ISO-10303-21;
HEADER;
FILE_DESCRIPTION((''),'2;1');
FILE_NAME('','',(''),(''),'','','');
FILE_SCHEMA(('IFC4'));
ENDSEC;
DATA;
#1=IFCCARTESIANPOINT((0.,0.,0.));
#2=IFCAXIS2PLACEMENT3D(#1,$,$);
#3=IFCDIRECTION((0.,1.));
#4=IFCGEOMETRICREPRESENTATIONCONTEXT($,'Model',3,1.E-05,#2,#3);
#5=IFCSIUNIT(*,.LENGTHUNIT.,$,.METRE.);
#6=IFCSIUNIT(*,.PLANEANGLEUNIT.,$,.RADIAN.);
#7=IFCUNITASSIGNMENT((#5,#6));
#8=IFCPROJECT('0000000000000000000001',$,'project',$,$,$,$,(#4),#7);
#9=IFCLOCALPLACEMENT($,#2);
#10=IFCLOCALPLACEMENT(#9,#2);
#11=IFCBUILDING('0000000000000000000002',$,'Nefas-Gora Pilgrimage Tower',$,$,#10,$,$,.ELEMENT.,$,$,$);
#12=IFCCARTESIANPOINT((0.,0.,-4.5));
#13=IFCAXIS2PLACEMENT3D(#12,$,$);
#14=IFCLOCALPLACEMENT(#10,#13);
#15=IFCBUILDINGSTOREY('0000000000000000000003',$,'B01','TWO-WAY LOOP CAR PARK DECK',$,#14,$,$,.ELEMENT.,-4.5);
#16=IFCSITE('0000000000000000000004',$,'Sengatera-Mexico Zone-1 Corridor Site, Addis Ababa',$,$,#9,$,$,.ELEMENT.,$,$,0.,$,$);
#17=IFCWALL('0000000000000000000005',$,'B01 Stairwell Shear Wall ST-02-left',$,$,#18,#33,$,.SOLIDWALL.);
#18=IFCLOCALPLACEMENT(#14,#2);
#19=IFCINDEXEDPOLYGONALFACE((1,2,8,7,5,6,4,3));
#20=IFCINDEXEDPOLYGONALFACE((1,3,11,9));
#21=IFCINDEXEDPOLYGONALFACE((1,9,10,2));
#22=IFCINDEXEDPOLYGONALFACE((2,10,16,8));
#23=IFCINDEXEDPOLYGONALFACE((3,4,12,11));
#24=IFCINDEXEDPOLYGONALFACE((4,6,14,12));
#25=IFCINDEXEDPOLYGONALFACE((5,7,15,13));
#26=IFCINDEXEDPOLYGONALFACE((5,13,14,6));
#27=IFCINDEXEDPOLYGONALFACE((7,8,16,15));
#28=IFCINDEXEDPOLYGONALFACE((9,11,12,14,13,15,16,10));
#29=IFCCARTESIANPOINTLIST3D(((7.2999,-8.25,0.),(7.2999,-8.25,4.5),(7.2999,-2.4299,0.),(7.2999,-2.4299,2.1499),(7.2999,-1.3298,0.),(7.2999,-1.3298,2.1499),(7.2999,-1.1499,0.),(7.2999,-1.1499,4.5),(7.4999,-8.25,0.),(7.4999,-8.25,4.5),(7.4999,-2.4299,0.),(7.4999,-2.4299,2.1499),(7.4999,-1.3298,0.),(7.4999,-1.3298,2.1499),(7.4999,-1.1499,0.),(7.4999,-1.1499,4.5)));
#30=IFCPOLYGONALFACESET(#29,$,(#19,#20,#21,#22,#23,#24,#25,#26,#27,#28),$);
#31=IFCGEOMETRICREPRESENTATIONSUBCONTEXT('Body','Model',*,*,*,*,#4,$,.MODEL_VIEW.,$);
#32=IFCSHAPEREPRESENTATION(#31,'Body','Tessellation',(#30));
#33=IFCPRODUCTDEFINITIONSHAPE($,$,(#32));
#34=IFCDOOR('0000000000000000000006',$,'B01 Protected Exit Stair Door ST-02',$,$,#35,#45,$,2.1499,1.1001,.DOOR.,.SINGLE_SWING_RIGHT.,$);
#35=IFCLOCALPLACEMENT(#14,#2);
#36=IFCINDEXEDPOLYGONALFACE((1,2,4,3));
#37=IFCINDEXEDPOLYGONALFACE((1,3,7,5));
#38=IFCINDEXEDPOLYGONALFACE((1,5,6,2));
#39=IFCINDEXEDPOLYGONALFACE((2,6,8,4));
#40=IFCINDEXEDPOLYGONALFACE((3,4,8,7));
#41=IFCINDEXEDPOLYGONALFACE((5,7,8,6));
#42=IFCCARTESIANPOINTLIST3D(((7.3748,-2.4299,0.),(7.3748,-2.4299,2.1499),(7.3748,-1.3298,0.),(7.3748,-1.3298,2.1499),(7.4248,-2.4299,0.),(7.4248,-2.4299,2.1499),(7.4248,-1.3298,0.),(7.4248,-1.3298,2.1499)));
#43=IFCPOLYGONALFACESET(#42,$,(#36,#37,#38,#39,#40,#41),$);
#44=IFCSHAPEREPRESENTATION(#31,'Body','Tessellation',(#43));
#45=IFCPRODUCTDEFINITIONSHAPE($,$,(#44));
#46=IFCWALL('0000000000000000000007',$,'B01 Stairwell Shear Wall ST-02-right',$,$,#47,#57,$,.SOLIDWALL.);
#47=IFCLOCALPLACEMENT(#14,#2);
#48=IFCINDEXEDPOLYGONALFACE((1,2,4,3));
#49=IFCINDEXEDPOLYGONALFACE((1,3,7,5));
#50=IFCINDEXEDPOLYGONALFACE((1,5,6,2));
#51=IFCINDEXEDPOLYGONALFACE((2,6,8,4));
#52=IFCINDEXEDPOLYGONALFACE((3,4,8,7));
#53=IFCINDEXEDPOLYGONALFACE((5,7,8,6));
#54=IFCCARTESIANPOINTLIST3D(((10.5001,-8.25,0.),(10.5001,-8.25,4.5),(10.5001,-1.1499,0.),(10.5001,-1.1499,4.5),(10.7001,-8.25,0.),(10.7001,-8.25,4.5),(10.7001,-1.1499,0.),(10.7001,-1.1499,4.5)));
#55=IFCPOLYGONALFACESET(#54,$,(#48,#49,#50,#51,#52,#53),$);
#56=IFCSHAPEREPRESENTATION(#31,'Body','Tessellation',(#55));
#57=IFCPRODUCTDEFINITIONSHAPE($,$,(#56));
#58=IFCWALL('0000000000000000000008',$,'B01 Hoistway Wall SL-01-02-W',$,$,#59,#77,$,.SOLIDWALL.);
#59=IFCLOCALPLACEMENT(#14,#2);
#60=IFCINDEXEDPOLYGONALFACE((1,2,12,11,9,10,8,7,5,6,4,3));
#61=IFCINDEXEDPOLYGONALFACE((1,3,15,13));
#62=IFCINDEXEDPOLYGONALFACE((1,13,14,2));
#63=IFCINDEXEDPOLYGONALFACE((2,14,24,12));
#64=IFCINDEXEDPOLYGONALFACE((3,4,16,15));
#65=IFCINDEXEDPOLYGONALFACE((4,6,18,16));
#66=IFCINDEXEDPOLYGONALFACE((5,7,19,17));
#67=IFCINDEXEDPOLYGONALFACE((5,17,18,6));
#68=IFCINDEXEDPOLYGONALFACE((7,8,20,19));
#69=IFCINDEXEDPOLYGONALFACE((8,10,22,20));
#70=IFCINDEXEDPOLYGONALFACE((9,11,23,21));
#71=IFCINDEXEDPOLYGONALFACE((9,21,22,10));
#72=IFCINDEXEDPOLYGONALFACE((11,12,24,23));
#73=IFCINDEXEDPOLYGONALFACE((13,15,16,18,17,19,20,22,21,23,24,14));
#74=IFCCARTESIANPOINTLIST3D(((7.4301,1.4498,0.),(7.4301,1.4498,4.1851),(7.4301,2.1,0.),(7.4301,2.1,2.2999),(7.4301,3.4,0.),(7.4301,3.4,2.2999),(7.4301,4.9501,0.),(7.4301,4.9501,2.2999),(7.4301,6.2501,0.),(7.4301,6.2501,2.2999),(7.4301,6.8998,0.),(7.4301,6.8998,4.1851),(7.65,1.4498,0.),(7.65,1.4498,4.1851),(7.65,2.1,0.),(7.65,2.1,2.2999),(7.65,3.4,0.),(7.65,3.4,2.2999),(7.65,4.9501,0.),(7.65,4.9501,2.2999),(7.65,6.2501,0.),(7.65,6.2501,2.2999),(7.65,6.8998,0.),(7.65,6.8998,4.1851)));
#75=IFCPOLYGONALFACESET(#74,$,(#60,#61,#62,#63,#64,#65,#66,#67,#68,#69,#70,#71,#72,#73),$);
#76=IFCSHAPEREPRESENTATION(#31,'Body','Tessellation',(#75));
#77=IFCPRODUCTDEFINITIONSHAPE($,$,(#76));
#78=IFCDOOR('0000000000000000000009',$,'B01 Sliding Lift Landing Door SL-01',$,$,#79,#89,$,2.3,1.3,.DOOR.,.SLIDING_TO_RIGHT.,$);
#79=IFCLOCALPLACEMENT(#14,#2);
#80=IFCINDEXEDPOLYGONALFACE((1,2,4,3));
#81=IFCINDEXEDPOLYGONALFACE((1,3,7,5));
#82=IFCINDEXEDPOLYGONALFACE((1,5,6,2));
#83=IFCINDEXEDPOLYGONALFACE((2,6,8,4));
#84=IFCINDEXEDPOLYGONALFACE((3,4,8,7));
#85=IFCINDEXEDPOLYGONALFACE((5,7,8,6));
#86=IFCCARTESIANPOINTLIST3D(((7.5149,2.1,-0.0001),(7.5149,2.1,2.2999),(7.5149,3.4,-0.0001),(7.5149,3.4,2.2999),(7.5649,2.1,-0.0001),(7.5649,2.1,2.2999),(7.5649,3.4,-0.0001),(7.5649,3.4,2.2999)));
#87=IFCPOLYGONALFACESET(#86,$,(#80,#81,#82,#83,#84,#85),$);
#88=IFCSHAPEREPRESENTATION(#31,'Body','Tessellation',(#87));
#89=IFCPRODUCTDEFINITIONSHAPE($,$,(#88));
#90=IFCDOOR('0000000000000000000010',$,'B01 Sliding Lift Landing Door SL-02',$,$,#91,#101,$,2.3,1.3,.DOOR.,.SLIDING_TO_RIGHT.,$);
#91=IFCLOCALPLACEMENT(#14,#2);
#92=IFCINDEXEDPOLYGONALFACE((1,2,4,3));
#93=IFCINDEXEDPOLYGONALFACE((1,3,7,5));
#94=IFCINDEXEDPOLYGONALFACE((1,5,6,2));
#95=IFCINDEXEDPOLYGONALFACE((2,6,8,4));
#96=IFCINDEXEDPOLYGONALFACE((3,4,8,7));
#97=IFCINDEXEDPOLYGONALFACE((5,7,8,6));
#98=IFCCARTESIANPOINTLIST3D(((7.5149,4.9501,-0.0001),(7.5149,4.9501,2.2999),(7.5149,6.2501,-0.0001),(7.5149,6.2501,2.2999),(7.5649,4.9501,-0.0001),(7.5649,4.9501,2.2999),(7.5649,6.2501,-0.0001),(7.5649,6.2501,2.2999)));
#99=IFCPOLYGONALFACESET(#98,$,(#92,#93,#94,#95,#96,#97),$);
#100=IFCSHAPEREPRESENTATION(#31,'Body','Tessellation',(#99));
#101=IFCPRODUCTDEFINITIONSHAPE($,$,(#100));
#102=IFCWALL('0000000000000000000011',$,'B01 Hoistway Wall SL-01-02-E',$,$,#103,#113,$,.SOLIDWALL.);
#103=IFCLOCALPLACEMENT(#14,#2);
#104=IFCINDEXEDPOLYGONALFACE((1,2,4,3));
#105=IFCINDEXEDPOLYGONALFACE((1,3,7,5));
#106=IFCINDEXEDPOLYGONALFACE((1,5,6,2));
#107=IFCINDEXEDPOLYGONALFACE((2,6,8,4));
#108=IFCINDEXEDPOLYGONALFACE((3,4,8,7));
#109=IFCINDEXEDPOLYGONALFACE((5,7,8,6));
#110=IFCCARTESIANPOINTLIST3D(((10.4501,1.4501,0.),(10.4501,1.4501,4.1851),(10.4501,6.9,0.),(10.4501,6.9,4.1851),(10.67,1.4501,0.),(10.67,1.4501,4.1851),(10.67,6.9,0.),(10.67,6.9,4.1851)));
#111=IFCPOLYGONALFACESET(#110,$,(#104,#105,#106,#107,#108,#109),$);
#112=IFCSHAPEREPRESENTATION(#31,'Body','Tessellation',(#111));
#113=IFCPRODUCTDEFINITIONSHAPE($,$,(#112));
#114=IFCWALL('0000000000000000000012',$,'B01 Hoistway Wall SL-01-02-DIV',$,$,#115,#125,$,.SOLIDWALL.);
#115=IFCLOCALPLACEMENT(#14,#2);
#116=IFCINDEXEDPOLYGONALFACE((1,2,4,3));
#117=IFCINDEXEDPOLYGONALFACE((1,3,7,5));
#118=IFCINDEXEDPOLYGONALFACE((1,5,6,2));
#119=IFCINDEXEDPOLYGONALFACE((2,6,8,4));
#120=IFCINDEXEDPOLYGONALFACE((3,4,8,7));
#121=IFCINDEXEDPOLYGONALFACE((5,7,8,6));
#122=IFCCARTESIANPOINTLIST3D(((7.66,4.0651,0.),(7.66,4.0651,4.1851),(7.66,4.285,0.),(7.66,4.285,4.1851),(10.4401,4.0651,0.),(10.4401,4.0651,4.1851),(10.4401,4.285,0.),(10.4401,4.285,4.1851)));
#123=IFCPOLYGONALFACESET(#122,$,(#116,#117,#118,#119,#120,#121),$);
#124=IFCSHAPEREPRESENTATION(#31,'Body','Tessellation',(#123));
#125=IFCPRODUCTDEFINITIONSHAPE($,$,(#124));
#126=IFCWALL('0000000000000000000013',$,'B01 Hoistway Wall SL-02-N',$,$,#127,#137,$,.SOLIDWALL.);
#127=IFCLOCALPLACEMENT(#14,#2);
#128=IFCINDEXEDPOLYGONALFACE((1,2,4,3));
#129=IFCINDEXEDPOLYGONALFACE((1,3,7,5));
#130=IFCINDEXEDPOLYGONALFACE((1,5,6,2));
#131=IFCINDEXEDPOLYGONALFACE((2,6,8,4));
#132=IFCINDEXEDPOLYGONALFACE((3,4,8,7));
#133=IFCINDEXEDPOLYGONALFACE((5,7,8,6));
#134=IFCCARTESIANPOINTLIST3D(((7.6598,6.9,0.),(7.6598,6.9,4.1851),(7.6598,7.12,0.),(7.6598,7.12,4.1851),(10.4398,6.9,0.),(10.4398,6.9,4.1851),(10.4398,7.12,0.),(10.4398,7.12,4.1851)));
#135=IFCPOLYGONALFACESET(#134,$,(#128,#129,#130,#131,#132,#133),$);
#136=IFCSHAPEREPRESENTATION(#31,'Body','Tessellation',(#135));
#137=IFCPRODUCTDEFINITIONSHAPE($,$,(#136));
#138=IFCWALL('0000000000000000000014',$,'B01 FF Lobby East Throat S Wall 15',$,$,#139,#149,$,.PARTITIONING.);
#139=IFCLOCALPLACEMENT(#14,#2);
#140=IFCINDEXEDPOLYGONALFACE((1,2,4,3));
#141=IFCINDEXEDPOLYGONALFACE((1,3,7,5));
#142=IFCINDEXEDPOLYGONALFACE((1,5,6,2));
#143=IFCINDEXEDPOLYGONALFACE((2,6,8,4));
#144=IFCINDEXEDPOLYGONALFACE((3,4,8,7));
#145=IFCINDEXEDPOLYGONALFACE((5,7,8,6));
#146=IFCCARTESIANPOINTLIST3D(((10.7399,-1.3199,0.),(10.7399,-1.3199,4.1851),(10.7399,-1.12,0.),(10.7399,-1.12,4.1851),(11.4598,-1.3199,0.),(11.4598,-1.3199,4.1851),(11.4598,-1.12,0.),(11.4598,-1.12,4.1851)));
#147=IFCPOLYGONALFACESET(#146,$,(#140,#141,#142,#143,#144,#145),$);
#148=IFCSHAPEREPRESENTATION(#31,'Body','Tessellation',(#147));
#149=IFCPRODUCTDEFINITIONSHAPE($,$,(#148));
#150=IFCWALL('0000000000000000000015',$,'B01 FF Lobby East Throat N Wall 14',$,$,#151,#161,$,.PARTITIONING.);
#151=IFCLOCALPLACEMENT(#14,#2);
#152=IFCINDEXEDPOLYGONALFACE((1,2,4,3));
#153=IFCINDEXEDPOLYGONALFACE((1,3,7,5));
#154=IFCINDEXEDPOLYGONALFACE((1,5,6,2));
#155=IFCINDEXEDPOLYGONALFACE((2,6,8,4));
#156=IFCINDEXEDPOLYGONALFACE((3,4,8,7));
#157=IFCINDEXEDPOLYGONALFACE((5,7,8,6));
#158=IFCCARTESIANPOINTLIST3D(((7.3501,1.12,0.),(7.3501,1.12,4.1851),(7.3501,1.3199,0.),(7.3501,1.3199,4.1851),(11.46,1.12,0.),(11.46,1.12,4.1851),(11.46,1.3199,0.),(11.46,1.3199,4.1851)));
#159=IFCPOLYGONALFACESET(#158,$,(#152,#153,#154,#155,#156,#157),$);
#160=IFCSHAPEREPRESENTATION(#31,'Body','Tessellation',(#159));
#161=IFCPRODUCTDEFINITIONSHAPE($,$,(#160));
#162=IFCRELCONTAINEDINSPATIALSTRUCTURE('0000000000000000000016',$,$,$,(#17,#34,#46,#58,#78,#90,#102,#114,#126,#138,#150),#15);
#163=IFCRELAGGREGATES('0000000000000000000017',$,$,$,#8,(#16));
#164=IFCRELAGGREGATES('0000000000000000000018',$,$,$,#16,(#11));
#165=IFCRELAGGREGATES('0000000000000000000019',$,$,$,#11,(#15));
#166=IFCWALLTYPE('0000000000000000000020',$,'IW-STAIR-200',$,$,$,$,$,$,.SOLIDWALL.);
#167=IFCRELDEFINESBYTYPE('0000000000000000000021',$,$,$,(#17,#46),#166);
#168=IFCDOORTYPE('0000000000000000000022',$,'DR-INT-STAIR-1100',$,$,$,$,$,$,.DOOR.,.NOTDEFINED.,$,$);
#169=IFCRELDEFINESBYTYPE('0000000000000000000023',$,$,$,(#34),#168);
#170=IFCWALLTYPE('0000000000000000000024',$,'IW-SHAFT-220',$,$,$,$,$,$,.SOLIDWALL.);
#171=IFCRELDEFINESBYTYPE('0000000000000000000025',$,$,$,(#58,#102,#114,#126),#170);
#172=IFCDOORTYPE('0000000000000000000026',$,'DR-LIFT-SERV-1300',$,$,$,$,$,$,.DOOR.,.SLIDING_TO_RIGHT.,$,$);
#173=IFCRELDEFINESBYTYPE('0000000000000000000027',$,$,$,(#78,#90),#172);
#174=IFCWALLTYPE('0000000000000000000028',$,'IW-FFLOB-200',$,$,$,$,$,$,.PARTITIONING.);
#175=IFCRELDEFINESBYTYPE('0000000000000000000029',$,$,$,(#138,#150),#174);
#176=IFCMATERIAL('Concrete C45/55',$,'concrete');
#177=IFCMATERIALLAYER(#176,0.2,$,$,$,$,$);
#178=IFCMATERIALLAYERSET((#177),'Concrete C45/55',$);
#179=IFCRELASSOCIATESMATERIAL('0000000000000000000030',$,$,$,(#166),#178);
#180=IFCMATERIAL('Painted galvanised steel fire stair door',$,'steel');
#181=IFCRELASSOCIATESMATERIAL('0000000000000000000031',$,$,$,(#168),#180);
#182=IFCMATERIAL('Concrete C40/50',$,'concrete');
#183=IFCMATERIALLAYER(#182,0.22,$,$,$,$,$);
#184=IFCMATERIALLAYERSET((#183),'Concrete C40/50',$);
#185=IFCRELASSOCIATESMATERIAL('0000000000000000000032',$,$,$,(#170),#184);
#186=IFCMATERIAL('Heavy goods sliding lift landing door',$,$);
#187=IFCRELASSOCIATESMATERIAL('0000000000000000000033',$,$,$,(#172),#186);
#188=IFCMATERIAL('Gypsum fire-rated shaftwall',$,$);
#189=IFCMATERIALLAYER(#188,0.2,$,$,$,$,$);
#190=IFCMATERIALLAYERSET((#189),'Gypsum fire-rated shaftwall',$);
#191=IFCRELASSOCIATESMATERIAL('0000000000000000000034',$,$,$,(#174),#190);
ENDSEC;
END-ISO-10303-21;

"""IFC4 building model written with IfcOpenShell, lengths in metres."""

from ifc_helpers import new_model, si_unit, direction, frame, frame_2d, origin, place, context, subcontext, project, spatial, rectangle, extrude, source, transform, mapped, material, layer, layer_set, type_object, element, fill, save


model = new_model("IFC4")

# Units and contexts
model_context = context("Model", 3, precision=1e-05, world=origin(), true_north=direction((0.0, 1.0)))
body_context = subcontext(model_context, "Body", "Model", "MODEL_VIEW")
ifc_project = project(units=[si_unit("LENGTHUNIT", "METRE"), si_unit("PLANEANGLEUNIT", "RADIAN")], contexts=[model_context])

# Site, building, storey
site_placement = place(None, origin())
site = spatial("IfcSite", under=ifc_project, at=site_placement, Name="Sengatera-Mexico Zone-1 Corridor Site, Addis Ababa", CompositionType="ELEMENT", RefElevation=0.0)
building_placement = place(site_placement, origin())
building = spatial("IfcBuilding", under=site, at=building_placement, Name="Nefas-Gora Pilgrimage Tower", CompositionType="ELEMENT")
storey_placement = place(building_placement, frame((0.0, 0.0, -4.5)))
storey = spatial("IfcBuildingStorey", under=building, at=storey_placement, Name="B01", Description="TWO-WAY LOOP CAR PARK DECK", CompositionType="ELEMENT", Elevation=-4.5)

# Shared definitions
ifc_material_1 = material(Name="Concrete C45/55", Category="concrete")
ifc_layer_1 = layer(ifc_material_1, 0.2)
ifc_layer_set_1 = layer_set([ifc_layer_1], Name="Concrete C45/55")
wall_type_1 = type_object("IfcWallType", Name="IW-STAIR-200", PredefinedType="SOLIDWALL", material=ifc_layer_set_1)

# Wall, opening, door
shared_shape_1 = source(origin(), body_context, "Body", "SweptSolid", [
    extrude(rectangle(XDim=7.1001, YDim=0.2, at=frame_2d((3.55, 0.0))), origin(), (0.0, 0.0, 1.0), 4.5),
])
wall_1_placement = place(storey_placement, frame((7.3999, -1.1499, 0.0), z_axis=(0.0, 0.0, 1.0), x_axis=(0.0, -1.0, 0.0)))
wall_1 = element("IfcWall", 1, at=wall_1_placement, inside=storey, type_object=wall_type_1, Name="B01 Stairwell Shear Wall ST-02-left", PredefinedType="SOLIDWALL", context=body_context, shape_type="MappedRepresentation", body=[
    mapped(shared_shape_1, transform((0.0, 0.0, 0.0), x_axis=(1.0, 0.0, 0.0), y_axis=(0.0, 1.0, 0.0), z_axis=(0.0, 0.0, 1.0), scale=1.0)),
])
opening_1_placement = place(wall_1_placement, frame((0.1799, 0.0, 0.0)))
opening_1 = element("IfcOpeningElement", 2, at=opening_1_placement, cuts=wall_1, PredefinedType="OPENING", context=body_context, shape_type="SweptSolid", body=[
    extrude(rectangle(XDim=1.1001, YDim=2.1499, at=frame_2d((0.55, 1.075))), frame((0.0, 0.1099, 0.0), z_axis=(0.0, -1.0, 0.0), x_axis=(1.0, 0.0, 0.0)), (0.0, 0.0, 1.0), 0.22),
])
ifc_material_2 = material(Name="Painted galvanised steel fire stair door", Category="steel")
door_type_1 = type_object("IfcDoorType", Name="DR-INT-STAIR-1100", OperationType="NOTDEFINED", PredefinedType="DOOR", material=ifc_material_2)
shared_shape_2 = source(origin(), body_context, "Body", "SweptSolid", [
    extrude(rectangle(XDim=1.1001, YDim=2.1499, at=frame_2d((0.55, 1.075))), frame((0.0, 0.0249, 0.0), z_axis=(0.0, -1.0, 0.0), x_axis=(1.0, 0.0, 0.0)), (0.0, 0.0, 1.0), 0.05),
])
door_1_placement = place(opening_1_placement, origin())
door_1 = element("IfcDoor", 3, at=door_1_placement, inside=storey, type_object=door_type_1, Name="B01 Protected Exit Stair Door ST-02", OperationType="SINGLE_SWING_RIGHT", OverallHeight=2.1499, OverallWidth=1.1001, PredefinedType="DOOR", context=body_context, shape_type="MappedRepresentation", body=[
    mapped(shared_shape_2, transform((0.0, 0.0, 0.0), x_axis=(1.0, 0.0, 0.0), y_axis=(0.0, 1.0, 0.0), z_axis=(0.0, 0.0, 1.0), scale=1.0)),
])
fill(opening_1, door_1)

# Wall
wall_2_placement = place(storey_placement, frame((10.6001, -1.1499, 0.0), z_axis=(0.0, 0.0, 1.0), x_axis=(0.0, -1.0, 0.0)))
element("IfcWall", 4, at=wall_2_placement, inside=storey, type_object=wall_type_1, Name="B01 Stairwell Shear Wall ST-02-right", PredefinedType="SOLIDWALL", context=body_context, shape_type="MappedRepresentation", body=[
    mapped(shared_shape_1, transform((0.0, 0.0, 0.0), x_axis=(1.0, 0.0, 0.0), y_axis=(0.0, 1.0, 0.0), z_axis=(0.0, 0.0, 1.0), scale=1.0)),
])

# Wall, openings, doors
ifc_material_3 = material(Name="Concrete C40/50", Category="concrete")
ifc_layer_2 = layer(ifc_material_3, 0.22)
ifc_layer_set_2 = layer_set([ifc_layer_2], Name="Concrete C40/50")
wall_type_2 = type_object("IfcWallType", Name="IW-SHAFT-220", PredefinedType="SOLIDWALL", material=ifc_layer_set_2)
shared_shape_3 = source(origin(), body_context, "Body", "SweptSolid", [
    extrude(rectangle(XDim=5.45, YDim=0.22, at=frame_2d((2.7251, 0.0))), origin(), (0.0, 0.0, 1.0), 4.1851),
])
wall_3_placement = place(storey_placement, frame((7.54, 6.8999, 0.0), z_axis=(0.0, 0.0, 1.0), x_axis=(0.0, -1.0, 0.0)))
wall_3 = element("IfcWall", 5, at=wall_3_placement, inside=storey, type_object=wall_type_2, Name="B01 Hoistway Wall SL-01-02-W", PredefinedType="SOLIDWALL", context=body_context, shape_type="MappedRepresentation", body=[
    mapped(shared_shape_3, transform((0.0, 0.0, 0.0), x_axis=(1.0, 0.0, 0.0), y_axis=(0.0, 1.0, 0.0), z_axis=(0.0, 0.0, 1.0), scale=1.0)),
])
opening_2_placement = place(wall_3_placement, frame((3.5, 0.0, 0.0)))
opening_2 = element("IfcOpeningElement", 6, at=opening_2_placement, cuts=wall_3, PredefinedType="OPENING", context=body_context, shape_type="SweptSolid", body=[
    extrude(rectangle(XDim=1.3, YDim=2.3, at=frame_2d((0.6499, 1.1499))), frame((0.0, 0.1199, 0.0), z_axis=(0.0, -1.0, 0.0), x_axis=(1.0, 0.0, 0.0)), (0.0, 0.0, 1.0), 0.24),
])
opening_3_placement = place(wall_3_placement, frame((0.6499, 0.0, 0.0)))
opening_3 = element("IfcOpeningElement", 7, at=opening_3_placement, cuts=wall_3, PredefinedType="OPENING", context=body_context, shape_type="SweptSolid", body=[
    extrude(rectangle(XDim=1.3, YDim=2.3, at=frame_2d((0.6499, 1.1499))), frame((0.0, 0.1199, 0.0), z_axis=(0.0, -1.0, 0.0), x_axis=(1.0, 0.0, 0.0)), (0.0, 0.0, 1.0), 0.24),
])
ifc_material_4 = material(Name="Heavy goods sliding lift landing door")
door_type_2 = type_object("IfcDoorType", Name="DR-LIFT-SERV-1300", OperationType="SLIDING_TO_RIGHT", PredefinedType="DOOR", material=ifc_material_4)
shared_shape_4 = source(origin(), body_context, "Body", "SweptSolid", [
    extrude(rectangle(XDim=1.3, YDim=2.3, at=frame_2d((0.6499, 1.1499))), frame((0.0, 0.0249, 0.0), z_axis=(0.0, -1.0, 0.0), x_axis=(1.0, 0.0, 0.0)), (0.0, 0.0, 1.0), 0.05),
])
door_2_placement = place(opening_2_placement, origin())
door_2 = element("IfcDoor", 8, at=door_2_placement, inside=storey, type_object=door_type_2, Name="B01 Sliding Lift Landing Door SL-01", OperationType="SLIDING_TO_RIGHT", OverallHeight=2.3, OverallWidth=1.3, PredefinedType="DOOR", context=body_context, shape_type="MappedRepresentation", body=[
    mapped(shared_shape_4, transform((0.0, 0.0, 0.0), x_axis=(1.0, 0.0, 0.0), y_axis=(0.0, 1.0, 0.0), z_axis=(0.0, 0.0, 1.0), scale=1.0)),
])
fill(opening_2, door_2)
door_3_placement = place(opening_3_placement, origin())
door_3 = element("IfcDoor", 9, at=door_3_placement, inside=storey, type_object=door_type_2, Name="B01 Sliding Lift Landing Door SL-02", OperationType="SLIDING_TO_RIGHT", OverallHeight=2.3, OverallWidth=1.3, PredefinedType="DOOR", context=body_context, shape_type="MappedRepresentation", body=[
    mapped(shared_shape_4, transform((0.0, 0.0, 0.0), x_axis=(1.0, 0.0, 0.0), y_axis=(0.0, 1.0, 0.0), z_axis=(0.0, 0.0, 1.0), scale=1.0)),
])
fill(opening_3, door_3)

# Walls
wall_4_placement = place(storey_placement, frame((10.5601, 1.45, 0.0), z_axis=(0.0, 0.0, 1.0), x_axis=(0.0, 1.0, 0.0)))
element("IfcWall", 10, at=wall_4_placement, inside=storey, type_object=wall_type_2, Name="B01 Hoistway Wall SL-01-02-E", PredefinedType="SOLIDWALL", context=body_context, shape_type="MappedRepresentation", body=[
    mapped(shared_shape_3, transform((0.0, 0.0, 0.0), x_axis=(1.0, 0.0, 0.0), y_axis=(0.0, 1.0, 0.0), z_axis=(0.0, 0.0, 1.0), scale=1.0)),
])
shared_shape_5 = source(origin(), body_context, "Body", "SweptSolid", [
    extrude(rectangle(XDim=2.78, YDim=0.22, at=frame_2d((1.3901, 0.0))), origin(), (0.0, 0.0, 1.0), 4.1851),
])
for number, where, z_axis, x_axis, name in (
    (11, (7.6599, 4.175, 0.0), (0.0, 0.0, 1.0), (1.0, 0.0, 0.0), "B01 Hoistway Wall SL-01-02-DIV"),
    (12, (10.4399, 7.01, 0.0), (0.0, 0.0, 1.0), (-1.0, 0.0, 0.0), "B01 Hoistway Wall SL-02-N"),
):
    element("IfcWall", number, at=place(storey_placement, frame(where, z_axis=z_axis, x_axis=x_axis)), inside=storey, type_object=wall_type_2, Name=name, PredefinedType="SOLIDWALL", context=body_context, shape_type="MappedRepresentation", body=[
        mapped(shared_shape_5, transform((0.0, 0.0, 0.0), x_axis=(1.0, 0.0, 0.0), y_axis=(0.0, 1.0, 0.0), z_axis=(0.0, 0.0, 1.0), scale=1.0)),
    ])

# Shared definitions
ifc_material_5 = material(Name="Gypsum fire-rated shaftwall")
ifc_layer_3 = layer(ifc_material_5, 0.2)
ifc_layer_set_3 = layer_set([ifc_layer_3], Name="Gypsum fire-rated shaftwall")
wall_type_3 = type_object("IfcWallType", Name="IW-FFLOB-200", PredefinedType="PARTITIONING", material=ifc_layer_set_3)

# Walls
shared_shape_6 = source(origin(), body_context, "Body", "SweptSolid", [
    extrude(rectangle(XDim=0.72, YDim=0.2, at=frame_2d((0.3599, 0.0))), origin(), (0.0, 0.0, 1.0), 4.1851),
])
wall_5_placement = place(storey_placement, frame((10.74, -1.22, 0.0), z_axis=(0.0, 0.0, 1.0), x_axis=(1.0, 0.0, 0.0)))
element("IfcWall", 13, at=wall_5_placement, inside=storey, type_object=wall_type_3, Name="B01 FF Lobby East Throat S Wall 15", PredefinedType="PARTITIONING", context=body_context, shape_type="MappedRepresentation", body=[
    mapped(shared_shape_6, transform((0.0, 0.0, 0.0), x_axis=(1.0, 0.0, 0.0), y_axis=(0.0, 1.0, 0.0), z_axis=(0.0, 0.0, 1.0), scale=1.0)),
])
shared_shape_7 = source(origin(), body_context, "Body", "SweptSolid", [
    extrude(rectangle(XDim=4.1099, YDim=0.2, at=frame_2d((2.0549, 0.0))), origin(), (0.0, 0.0, 1.0), 4.1851),
])
wall_6_placement = place(storey_placement, frame((7.3501, 1.22, 0.0), z_axis=(0.0, 0.0, 1.0), x_axis=(1.0, 0.0, 0.0)))
element("IfcWall", 14, at=wall_6_placement, inside=storey, type_object=wall_type_3, Name="B01 FF Lobby East Throat N Wall 14", PredefinedType="PARTITIONING", context=body_context, shape_type="MappedRepresentation", body=[
    mapped(shared_shape_7, transform((0.0, 0.0, 0.0), x_axis=(1.0, 0.0, 0.0), y_axis=(0.0, 1.0, 0.0), z_axis=(0.0, 0.0, 1.0), scale=1.0)),
])

save(model, "model.ifc")
